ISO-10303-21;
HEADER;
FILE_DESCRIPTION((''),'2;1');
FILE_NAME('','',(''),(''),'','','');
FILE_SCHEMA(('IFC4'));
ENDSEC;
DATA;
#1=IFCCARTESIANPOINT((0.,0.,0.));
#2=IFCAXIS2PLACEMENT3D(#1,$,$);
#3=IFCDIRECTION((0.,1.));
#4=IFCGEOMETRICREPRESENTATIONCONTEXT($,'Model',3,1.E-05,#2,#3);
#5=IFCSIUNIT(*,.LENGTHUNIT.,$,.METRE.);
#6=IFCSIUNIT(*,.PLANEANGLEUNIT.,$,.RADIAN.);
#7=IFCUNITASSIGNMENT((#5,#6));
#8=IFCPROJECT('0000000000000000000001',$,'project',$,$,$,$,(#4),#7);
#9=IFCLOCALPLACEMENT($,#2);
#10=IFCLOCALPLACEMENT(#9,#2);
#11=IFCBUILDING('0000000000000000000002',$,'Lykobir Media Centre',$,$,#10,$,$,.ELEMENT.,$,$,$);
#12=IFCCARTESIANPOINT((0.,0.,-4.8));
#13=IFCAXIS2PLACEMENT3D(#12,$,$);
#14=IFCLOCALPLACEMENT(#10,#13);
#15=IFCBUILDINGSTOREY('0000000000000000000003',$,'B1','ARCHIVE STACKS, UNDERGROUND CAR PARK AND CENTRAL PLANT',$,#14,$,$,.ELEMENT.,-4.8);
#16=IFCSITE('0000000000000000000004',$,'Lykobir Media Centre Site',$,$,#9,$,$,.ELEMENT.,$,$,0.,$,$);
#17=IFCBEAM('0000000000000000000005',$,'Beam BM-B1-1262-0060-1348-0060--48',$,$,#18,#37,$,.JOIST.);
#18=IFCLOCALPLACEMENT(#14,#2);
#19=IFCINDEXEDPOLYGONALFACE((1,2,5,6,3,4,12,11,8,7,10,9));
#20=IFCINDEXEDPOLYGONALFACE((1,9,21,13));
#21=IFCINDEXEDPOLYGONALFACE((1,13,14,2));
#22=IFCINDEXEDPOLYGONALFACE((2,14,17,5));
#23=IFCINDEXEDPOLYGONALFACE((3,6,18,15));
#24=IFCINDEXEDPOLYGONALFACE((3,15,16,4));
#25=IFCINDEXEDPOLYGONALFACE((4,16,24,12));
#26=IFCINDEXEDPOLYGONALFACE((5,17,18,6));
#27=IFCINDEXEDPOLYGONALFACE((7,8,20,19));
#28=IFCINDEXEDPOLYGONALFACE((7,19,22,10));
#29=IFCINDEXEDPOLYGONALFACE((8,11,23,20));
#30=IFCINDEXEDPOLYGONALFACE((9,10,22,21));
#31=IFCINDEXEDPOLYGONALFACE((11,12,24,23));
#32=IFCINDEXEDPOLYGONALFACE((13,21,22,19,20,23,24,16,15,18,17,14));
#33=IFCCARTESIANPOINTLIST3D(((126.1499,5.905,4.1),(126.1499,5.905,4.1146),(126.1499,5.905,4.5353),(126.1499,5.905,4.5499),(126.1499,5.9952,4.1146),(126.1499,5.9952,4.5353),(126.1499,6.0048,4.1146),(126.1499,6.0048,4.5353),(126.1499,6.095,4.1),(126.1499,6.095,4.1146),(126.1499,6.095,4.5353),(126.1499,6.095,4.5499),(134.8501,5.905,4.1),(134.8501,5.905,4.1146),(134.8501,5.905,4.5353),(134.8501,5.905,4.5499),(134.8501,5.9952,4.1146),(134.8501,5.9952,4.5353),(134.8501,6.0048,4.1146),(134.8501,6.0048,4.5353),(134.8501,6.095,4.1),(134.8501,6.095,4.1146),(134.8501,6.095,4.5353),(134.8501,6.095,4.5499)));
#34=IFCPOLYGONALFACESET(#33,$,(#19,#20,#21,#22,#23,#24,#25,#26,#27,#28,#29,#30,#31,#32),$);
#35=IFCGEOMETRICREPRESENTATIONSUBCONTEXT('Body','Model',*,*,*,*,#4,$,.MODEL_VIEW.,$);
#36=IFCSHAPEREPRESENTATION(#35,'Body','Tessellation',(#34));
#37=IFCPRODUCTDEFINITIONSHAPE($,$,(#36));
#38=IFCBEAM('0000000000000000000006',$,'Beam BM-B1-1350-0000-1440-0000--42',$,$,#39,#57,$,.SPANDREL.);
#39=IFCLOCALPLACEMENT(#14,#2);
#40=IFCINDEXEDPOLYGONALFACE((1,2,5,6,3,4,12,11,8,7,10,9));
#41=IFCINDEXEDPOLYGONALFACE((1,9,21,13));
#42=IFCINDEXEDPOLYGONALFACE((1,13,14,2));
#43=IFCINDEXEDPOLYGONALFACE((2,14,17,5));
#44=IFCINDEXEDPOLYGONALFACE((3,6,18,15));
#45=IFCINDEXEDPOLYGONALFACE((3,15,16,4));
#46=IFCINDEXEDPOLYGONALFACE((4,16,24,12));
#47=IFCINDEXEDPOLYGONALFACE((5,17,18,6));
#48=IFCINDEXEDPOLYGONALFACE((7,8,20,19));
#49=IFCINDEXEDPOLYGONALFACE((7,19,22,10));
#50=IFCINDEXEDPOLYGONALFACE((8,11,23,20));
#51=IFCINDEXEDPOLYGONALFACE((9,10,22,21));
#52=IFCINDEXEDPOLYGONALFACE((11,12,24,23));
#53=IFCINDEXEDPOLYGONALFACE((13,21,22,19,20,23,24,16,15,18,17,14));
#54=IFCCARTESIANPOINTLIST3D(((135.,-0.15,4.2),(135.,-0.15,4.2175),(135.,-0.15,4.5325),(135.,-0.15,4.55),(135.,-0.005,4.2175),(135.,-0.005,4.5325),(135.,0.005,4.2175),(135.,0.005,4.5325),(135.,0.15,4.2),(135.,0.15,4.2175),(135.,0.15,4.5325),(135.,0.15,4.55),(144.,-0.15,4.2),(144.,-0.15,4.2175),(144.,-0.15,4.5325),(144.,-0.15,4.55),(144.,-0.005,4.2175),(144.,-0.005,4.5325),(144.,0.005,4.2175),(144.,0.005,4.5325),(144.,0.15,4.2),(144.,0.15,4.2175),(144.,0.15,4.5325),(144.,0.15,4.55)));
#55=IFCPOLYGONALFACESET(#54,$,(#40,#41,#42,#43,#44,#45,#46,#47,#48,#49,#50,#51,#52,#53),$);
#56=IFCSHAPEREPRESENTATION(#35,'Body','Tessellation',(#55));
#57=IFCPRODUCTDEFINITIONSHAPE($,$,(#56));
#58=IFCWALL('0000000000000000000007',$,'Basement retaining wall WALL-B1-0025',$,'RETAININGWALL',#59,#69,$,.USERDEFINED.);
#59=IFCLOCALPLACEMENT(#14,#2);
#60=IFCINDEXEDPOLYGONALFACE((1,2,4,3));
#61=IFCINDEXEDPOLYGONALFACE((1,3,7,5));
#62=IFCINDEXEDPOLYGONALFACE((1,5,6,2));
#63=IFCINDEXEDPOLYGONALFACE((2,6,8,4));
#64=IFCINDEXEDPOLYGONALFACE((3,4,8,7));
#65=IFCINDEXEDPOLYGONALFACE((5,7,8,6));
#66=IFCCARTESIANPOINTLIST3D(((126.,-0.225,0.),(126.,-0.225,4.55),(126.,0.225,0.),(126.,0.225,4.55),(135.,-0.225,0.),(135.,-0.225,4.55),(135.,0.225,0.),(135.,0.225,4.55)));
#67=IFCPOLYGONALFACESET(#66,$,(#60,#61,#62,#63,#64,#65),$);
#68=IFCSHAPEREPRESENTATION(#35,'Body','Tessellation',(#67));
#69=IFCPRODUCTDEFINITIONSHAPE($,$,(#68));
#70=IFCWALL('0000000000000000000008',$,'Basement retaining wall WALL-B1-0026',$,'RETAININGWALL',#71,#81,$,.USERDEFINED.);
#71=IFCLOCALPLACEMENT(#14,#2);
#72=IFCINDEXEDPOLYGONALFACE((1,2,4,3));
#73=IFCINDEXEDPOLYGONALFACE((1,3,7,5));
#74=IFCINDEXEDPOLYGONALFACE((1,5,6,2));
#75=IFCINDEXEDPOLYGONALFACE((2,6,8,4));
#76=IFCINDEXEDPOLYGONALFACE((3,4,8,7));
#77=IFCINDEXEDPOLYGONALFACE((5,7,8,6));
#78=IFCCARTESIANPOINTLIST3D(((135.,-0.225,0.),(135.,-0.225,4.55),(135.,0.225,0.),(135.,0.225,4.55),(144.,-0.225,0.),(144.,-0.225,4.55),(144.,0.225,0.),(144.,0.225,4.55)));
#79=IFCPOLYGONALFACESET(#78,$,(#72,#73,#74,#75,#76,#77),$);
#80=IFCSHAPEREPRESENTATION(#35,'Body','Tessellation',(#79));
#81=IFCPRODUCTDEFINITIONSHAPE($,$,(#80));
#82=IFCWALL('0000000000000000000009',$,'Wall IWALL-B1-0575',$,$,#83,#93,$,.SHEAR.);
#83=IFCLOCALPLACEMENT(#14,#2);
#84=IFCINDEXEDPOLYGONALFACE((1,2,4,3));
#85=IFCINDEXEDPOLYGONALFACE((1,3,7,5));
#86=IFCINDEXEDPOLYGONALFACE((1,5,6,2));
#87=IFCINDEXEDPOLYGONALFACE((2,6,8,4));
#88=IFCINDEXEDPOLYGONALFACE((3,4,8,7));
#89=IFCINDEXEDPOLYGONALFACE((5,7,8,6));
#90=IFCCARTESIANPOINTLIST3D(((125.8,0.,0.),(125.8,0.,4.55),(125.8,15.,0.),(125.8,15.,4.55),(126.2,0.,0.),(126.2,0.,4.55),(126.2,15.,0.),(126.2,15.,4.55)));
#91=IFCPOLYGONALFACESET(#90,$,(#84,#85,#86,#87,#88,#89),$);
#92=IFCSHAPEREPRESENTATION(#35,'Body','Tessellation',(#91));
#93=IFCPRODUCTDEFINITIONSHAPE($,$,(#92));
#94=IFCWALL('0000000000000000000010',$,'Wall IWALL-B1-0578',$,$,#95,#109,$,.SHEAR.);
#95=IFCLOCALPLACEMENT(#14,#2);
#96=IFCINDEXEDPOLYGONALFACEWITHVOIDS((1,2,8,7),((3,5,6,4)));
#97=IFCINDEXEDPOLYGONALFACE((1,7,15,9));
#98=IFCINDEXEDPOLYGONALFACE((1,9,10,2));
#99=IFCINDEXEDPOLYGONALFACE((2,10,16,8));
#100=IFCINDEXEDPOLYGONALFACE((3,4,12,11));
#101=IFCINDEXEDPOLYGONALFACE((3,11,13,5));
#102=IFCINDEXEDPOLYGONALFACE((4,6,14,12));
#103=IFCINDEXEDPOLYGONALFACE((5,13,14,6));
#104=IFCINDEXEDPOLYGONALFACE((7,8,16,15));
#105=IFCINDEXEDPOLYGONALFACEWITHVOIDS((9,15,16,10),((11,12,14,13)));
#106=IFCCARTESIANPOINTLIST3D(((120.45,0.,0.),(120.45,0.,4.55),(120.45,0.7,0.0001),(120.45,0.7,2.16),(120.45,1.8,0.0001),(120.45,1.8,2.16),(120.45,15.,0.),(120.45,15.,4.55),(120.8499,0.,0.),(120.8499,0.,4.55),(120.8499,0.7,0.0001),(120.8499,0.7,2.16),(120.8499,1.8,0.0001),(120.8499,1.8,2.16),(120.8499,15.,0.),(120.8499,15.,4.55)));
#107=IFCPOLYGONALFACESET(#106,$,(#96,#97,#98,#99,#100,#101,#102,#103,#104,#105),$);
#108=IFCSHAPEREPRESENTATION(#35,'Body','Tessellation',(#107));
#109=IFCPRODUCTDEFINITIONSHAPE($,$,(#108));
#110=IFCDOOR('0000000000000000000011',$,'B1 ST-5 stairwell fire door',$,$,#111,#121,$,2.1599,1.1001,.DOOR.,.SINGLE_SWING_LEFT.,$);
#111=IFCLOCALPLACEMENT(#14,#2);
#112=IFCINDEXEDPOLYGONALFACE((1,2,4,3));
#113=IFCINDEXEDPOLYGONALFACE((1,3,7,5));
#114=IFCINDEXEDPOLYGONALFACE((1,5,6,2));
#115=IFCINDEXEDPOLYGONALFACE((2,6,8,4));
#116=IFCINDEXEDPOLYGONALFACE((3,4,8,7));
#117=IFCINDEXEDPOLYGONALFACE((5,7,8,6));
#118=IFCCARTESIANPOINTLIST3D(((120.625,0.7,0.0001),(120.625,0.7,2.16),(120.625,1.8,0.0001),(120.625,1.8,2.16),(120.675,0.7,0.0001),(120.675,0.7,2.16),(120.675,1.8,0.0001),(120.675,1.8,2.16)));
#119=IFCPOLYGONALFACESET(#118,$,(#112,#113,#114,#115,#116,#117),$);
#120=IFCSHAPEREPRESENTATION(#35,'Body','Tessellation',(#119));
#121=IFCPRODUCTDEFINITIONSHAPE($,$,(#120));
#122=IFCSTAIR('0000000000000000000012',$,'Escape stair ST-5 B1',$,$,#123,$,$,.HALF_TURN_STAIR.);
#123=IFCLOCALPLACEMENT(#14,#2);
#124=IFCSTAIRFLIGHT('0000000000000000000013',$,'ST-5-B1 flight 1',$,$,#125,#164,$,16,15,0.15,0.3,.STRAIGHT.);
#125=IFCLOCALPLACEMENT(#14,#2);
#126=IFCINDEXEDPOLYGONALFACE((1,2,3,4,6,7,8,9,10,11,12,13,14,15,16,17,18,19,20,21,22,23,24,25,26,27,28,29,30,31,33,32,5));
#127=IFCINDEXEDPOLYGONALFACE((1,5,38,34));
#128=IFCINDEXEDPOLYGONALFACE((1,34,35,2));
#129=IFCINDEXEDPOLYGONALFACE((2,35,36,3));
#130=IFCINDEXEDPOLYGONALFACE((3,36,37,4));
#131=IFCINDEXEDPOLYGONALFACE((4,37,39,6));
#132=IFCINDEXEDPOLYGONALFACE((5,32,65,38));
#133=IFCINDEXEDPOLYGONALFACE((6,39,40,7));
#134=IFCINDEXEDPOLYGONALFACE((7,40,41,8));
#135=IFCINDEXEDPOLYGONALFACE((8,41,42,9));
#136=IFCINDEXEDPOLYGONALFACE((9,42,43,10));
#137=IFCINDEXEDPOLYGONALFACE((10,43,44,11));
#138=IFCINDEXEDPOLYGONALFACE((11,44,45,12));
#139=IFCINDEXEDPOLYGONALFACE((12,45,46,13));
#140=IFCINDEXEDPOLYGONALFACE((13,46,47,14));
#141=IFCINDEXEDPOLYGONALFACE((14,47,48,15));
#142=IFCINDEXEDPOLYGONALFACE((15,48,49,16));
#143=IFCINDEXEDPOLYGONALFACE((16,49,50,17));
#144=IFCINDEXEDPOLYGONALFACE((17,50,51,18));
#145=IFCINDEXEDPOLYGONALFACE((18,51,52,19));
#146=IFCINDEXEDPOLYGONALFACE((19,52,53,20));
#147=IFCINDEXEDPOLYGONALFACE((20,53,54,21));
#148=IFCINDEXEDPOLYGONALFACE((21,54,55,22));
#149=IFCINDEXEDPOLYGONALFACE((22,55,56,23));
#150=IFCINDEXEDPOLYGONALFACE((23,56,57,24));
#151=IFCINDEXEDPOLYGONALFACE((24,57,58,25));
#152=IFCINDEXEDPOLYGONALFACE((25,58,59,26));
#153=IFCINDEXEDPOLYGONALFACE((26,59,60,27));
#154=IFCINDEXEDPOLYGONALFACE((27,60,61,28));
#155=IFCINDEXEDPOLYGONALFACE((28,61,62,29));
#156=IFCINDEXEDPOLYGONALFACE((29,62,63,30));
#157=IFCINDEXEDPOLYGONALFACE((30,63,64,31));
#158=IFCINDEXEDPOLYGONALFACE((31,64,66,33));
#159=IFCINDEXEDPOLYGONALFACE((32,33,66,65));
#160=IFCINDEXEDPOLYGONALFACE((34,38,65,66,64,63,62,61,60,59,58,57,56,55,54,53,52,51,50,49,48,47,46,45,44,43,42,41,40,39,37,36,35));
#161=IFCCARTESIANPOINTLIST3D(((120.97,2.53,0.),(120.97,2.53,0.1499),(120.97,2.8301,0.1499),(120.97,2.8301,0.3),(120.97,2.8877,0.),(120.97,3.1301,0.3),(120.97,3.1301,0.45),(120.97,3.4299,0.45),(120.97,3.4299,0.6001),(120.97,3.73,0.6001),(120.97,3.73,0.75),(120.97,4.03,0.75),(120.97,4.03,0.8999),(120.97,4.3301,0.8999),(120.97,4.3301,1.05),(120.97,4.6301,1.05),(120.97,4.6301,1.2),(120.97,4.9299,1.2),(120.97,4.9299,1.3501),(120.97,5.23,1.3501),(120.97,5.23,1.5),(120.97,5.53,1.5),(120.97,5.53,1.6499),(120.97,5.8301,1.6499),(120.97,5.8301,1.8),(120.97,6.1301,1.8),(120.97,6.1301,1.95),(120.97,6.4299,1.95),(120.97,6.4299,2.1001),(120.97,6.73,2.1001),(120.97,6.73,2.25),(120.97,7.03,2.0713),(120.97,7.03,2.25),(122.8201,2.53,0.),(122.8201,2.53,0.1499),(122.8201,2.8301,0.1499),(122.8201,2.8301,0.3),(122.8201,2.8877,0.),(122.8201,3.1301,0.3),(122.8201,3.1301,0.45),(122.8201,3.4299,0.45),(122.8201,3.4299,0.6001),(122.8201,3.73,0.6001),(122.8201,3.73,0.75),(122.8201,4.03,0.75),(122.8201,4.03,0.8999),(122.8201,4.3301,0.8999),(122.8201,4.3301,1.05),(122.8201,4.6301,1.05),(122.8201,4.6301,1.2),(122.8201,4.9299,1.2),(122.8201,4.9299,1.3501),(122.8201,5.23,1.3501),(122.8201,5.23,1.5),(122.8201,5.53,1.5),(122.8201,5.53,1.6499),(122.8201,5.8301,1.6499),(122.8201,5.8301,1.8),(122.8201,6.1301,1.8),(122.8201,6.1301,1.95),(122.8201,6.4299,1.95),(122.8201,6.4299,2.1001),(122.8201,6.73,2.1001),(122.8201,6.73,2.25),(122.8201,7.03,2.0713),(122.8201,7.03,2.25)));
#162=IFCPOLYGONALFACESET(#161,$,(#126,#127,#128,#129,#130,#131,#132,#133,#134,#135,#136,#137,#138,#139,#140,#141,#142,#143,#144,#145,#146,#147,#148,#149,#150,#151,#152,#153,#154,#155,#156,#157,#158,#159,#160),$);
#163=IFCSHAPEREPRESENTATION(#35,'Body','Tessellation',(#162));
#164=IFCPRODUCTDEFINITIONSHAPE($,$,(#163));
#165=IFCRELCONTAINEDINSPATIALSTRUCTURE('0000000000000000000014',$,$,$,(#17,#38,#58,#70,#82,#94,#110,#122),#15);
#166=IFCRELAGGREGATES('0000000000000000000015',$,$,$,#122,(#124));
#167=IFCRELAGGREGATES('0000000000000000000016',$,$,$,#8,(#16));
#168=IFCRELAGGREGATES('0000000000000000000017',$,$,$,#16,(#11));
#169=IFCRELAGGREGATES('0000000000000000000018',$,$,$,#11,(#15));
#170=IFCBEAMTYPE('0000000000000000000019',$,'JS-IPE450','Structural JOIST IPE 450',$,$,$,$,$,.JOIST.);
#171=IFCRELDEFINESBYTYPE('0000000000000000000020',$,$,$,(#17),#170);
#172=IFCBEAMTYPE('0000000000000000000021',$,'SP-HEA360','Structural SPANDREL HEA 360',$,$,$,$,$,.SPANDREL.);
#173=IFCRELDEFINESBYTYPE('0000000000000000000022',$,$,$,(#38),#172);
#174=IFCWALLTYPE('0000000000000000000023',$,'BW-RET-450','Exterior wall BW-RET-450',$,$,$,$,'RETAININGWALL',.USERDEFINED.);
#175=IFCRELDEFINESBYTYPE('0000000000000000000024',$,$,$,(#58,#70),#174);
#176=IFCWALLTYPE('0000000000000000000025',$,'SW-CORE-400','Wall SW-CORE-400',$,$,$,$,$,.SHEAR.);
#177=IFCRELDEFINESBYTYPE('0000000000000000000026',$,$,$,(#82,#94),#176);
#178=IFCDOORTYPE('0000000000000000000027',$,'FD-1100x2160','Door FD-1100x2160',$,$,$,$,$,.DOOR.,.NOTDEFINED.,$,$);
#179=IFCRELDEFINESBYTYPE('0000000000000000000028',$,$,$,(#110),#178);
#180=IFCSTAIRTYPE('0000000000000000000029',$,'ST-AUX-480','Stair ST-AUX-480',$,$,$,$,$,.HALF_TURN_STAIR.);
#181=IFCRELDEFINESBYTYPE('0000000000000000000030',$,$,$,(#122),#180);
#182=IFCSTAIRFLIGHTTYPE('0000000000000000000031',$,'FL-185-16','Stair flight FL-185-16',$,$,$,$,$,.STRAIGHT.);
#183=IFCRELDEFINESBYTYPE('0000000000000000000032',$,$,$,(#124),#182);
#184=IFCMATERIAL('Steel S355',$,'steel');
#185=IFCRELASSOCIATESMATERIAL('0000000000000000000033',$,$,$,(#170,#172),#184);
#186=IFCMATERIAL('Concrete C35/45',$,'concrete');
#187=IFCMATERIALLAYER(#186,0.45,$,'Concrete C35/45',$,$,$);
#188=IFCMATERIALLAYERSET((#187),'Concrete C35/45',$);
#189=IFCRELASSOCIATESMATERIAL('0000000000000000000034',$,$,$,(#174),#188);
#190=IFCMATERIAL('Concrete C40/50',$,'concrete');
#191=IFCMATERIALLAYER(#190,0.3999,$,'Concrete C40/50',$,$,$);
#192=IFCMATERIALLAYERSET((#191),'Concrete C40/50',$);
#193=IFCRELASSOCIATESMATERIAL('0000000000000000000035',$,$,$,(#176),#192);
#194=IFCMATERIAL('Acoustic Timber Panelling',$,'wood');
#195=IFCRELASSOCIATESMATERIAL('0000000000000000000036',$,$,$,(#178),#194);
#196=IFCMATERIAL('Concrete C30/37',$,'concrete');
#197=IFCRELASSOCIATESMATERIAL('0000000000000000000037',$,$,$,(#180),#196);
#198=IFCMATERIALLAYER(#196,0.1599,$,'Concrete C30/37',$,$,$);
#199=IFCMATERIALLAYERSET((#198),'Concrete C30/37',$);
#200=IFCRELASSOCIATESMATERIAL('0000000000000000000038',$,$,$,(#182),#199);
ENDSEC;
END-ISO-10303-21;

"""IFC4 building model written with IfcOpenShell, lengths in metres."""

from ifc_helpers import new_model, si_unit, direction, frame, frame_2d, origin, origin_2d, place, context, subcontext, project, spatial, polyline, rectangle, i_section, outline, extrude, material, layer, layer_set, material_profile, profile_set, type_object, element, fill, aggregate, save


model = new_model("IFC4")

# Units and contexts
model_context = context("Model", 3, precision=1e-05, world=origin(), true_north=direction((0.0, 1.0)))
body_context = subcontext(model_context, "Body", "Model", "MODEL_VIEW")
ifc_project = project(units=[si_unit("LENGTHUNIT", "METRE"), si_unit("PLANEANGLEUNIT", "RADIAN")], contexts=[model_context])

# Site, building, storey
site_placement = place(None, origin())
site = spatial("IfcSite", under=ifc_project, at=site_placement, Name="Lykobir Media Centre Site", CompositionType="ELEMENT", RefElevation=0.0)
building_placement = place(site_placement, origin())
building = spatial("IfcBuilding", under=site, at=building_placement, Name="Lykobir Media Centre", CompositionType="ELEMENT")
storey_placement = place(building_placement, frame((0.0, 0.0, -4.8)))
storey = spatial("IfcBuildingStorey", under=building, at=storey_placement, Name="B1", Description="ARCHIVE STACKS, UNDERGROUND CAR PARK AND CENTRAL PLANT", CompositionType="ELEMENT", Elevation=-4.8)

# Shared definitions
ifc_material_1 = material(Name="Concrete C30/37", Category="concrete")

# Shared definitions
ifc_material_2 = material(Name="Concrete C35/45", Category="concrete")

# Shared definitions
ifc_material_3 = material(Name="Concrete C40/50", Category="concrete")

# Beams
ifc_material_4 = material(Name="Steel S355", Category="steel")
ifc_material_profile_1 = material_profile(ifc_material_4, i_section(OverallWidth=0.1899, OverallDepth=0.45, WebThickness=0.0095, FlangeThickness=0.0146, at=origin_2d()), Name="IPE 450")
ifc_profile_set_1 = profile_set([ifc_material_profile_1], Name="Steel S355")
beam_type_1 = type_object("IfcBeamType", Name="JS-IPE450", Description="Structural JOIST IPE 450", PredefinedType="JOIST", material=ifc_profile_set_1)
for number, where, z_axis, x_axis, name in (
    (1, (126.1499, 6.0, 4.325), (1.0, 0.0, 0.0), (0.0, 1.0, 0.0), "Beam BM-B1-1262-0060-1348-0060--48"),
):
    element("IfcBeam", number, at=place(storey_placement, frame(where, z_axis=z_axis, x_axis=x_axis)), inside=storey, type_object=beam_type_1, Name=name, PredefinedType="JOIST", context=body_context, shape_type="SweptSolid", body=[
        extrude(i_section(OverallWidth=0.1899, OverallDepth=0.45, WebThickness=0.0095, FlangeThickness=0.0146, at=origin_2d()), origin(), (0.0, 0.0, 1.0), 8.7002),
    ])
ifc_material_profile_2 = material_profile(ifc_material_4, i_section(OverallWidth=0.3, OverallDepth=0.3501, WebThickness=0.01, FlangeThickness=0.0176, at=origin_2d()), Name="HEA 360")
ifc_profile_set_2 = profile_set([ifc_material_profile_2], Name="Steel S355")
beam_type_2 = type_object("IfcBeamType", Name="SP-HEA360", Description="Structural SPANDREL HEA 360", PredefinedType="SPANDREL", material=ifc_profile_set_2)
beam_1_placement = place(storey_placement, frame((135.0, 0.0, 4.375), z_axis=(1.0, 0.0, 0.0), x_axis=(0.0, 1.0, 0.0)))
element("IfcBeam", 2, at=beam_1_placement, inside=storey, type_object=beam_type_2, Name="Beam BM-B1-1350-0000-1440-0000--42", PredefinedType="SPANDREL", context=body_context, shape_type="SweptSolid", body=[
    extrude(i_section(OverallWidth=0.3, OverallDepth=0.3501, WebThickness=0.01, FlangeThickness=0.0176, at=origin_2d()), origin(), (0.0, 0.0, 1.0), 9.0),
])

# Walls
ifc_layer_1 = layer(ifc_material_2, 0.45, Name="Concrete C35/45")
ifc_layer_set_1 = layer_set([ifc_layer_1], Name="Concrete C35/45")
wall_type_1 = type_object("IfcWallType", Name="BW-RET-450", Description="Exterior wall BW-RET-450", ElementType="RETAININGWALL", PredefinedType="USERDEFINED", material=ifc_layer_set_1)
for number, where, z_axis, x_axis, name in (
    (3, (126.0, 0.0, 0.0), (0.0, 0.0, 1.0), (1.0, 0.0, 0.0), "Basement retaining wall WALL-B1-0025"),
    (4, (135.0, 0.0, 0.0), (0.0, 0.0, 1.0), (1.0, 0.0, 0.0), "Basement retaining wall WALL-B1-0026"),
):
    element("IfcWall", number, at=place(storey_placement, frame(where, z_axis=z_axis, x_axis=x_axis)), inside=storey, type_object=wall_type_1, Name=name, ObjectType="RETAININGWALL", PredefinedType="USERDEFINED", context=body_context, shape_type="SweptSolid", body=[
        extrude(rectangle(XDim=9.0, YDim=0.45, at=frame_2d((4.5, 0.0))), origin(), (0.0, 0.0, 1.0), 4.55),
    ])
ifc_layer_2 = layer(ifc_material_3, 0.3999, Name="Concrete C40/50")
ifc_layer_set_2 = layer_set([ifc_layer_2], Name="Concrete C40/50")
wall_type_2 = type_object("IfcWallType", Name="SW-CORE-400", Description="Wall SW-CORE-400", PredefinedType="SHEAR", material=ifc_layer_set_2)
wall_1_placement = place(storey_placement, frame((126.0, 0.0, 0.0), z_axis=(0.0, 0.0, 1.0), x_axis=(0.0, 1.0, 0.0)))
element("IfcWall", 5, at=wall_1_placement, inside=storey, type_object=wall_type_2, Name="Wall IWALL-B1-0575", PredefinedType="SHEAR", context=body_context, shape_type="SweptSolid", body=[
    extrude(rectangle(XDim=15.0, YDim=0.3999, at=frame_2d((7.5, 0.0))), origin(), (0.0, 0.0, 1.0), 4.55),
])

# Wall, opening, door
wall_2_placement = place(storey_placement, frame((120.6499, 0.0, 0.0), z_axis=(0.0, 0.0, 1.0), x_axis=(0.0, 1.0, 0.0)))
wall_2 = element("IfcWall", 6, at=wall_2_placement, inside=storey, type_object=wall_type_2, Name="Wall IWALL-B1-0578", PredefinedType="SHEAR", context=body_context, shape_type="SweptSolid", body=[
    extrude(rectangle(XDim=15.0, YDim=0.3999, at=frame_2d((7.5, 0.0))), origin(), (0.0, 0.0, 1.0), 4.55),
])
opening_placement = place(wall_2_placement, frame((0.7, 0.0, 0.0)))
opening = element("IfcOpeningElement", 7, at=opening_placement, cuts=wall_2, PredefinedType="OPENING", context=body_context, shape_type="SweptSolid", body=[
    extrude(rectangle(XDim=1.1001, YDim=2.1599, at=frame_2d((0.55, 1.0801))), frame((0.0, 0.21, 0.0), z_axis=(0.0, -1.0, 0.0), x_axis=(1.0, 0.0, 0.0)), (0.0, 0.0, 1.0), 0.4199),
])
ifc_material_5 = material(Name="Acoustic Timber Panelling", Category="wood")
door_type = type_object("IfcDoorType", Name="FD-1100x2160", Description="Door FD-1100x2160", OperationType="NOTDEFINED", PredefinedType="DOOR", material=ifc_material_5)
door_placement = place(opening_placement, origin())
door = element("IfcDoor", 8, at=door_placement, inside=storey, type_object=door_type, Name="B1 ST-5 stairwell fire door", OperationType="SINGLE_SWING_LEFT", OverallHeight=2.1599, OverallWidth=1.1001, PredefinedType="DOOR", context=body_context, shape_type="SweptSolid", body=[
    extrude(rectangle(XDim=1.1001, YDim=2.1599, at=frame_2d((0.55, 1.0801))), frame((0.0, 0.0249, 0.0), z_axis=(0.0, -1.0, 0.0), x_axis=(1.0, 0.0, 0.0)), (0.0, 0.0, 1.0), 0.05),
])
fill(opening, door)

# Stair, stair flight
stair_type = type_object("IfcStairType", Name="ST-AUX-480", Description="Stair ST-AUX-480", PredefinedType="HALF_TURN_STAIR", material=ifc_material_1)
stair_placement = place(storey_placement, origin())
stair = element("IfcStair", 9, at=stair_placement, inside=storey, type_object=stair_type, Name="Escape stair ST-5 B1", PredefinedType="HALF_TURN_STAIR")
ifc_layer_3 = layer(ifc_material_1, 0.1599, Name="Concrete C30/37")
ifc_layer_set_3 = layer_set([ifc_layer_3], Name="Concrete C30/37")
stair_flight_type = type_object("IfcStairFlightType", Name="FL-185-16", Description="Stair flight FL-185-16", PredefinedType="STRAIGHT", material=ifc_layer_set_3)
stair_flight_1_placement = place(storey_placement, frame((121.895, 2.53, 0.0), z_axis=(0.0, 0.0, 1.0), x_axis=(0.0, 1.0, 0.0)))
stair_flight_1 = element("IfcStairFlight", 10, at=stair_flight_1_placement, type_object=stair_flight_type, Name="ST-5-B1 flight 1", NumberOfRisers=16, NumberOfTreads=15, PredefinedType="STRAIGHT", RiserHeight=0.15, TreadLength=0.3, context=body_context, shape_type="SweptSolid", body=[
    extrude(outline(polyline([(0.0, 0.0), (0.0, 0.1499), (0.3, 0.1499), (0.3, 0.3), (0.6001, 0.3), (0.6001, 0.45), (0.8999, 0.45), (0.8999, 0.6001), (1.2, 0.6001), (1.2, 0.75), (1.5, 0.75), (1.5, 0.8999), (1.8, 0.8999), (1.8, 1.05), (2.1001, 1.05), (2.1001, 1.2), (2.3999, 1.2), (2.3999, 1.3501), (2.7, 1.3501), (2.7, 1.5), (3.0, 1.5), (3.0, 1.6499), (3.3, 1.6499), (3.3, 1.8), (3.6001, 1.8), (3.6001, 1.95), (3.8999, 1.95), (3.8999, 2.1001), (4.2, 2.1001), (4.2, 2.25), (4.5, 2.25), (4.5, 2.3999), (4.5, 2.0713), (0.3577, 0.0), (0.0, 0.0)])), frame((0.0, 0.925, 0.0), z_axis=(0.0, -1.0, 0.0), x_axis=(1.0, 0.0, 0.0)), (0.0, 0.0, 1.0), 1.8501),
])
aggregate(stair, [stair_flight_1])

save(model, "model.ifc")
